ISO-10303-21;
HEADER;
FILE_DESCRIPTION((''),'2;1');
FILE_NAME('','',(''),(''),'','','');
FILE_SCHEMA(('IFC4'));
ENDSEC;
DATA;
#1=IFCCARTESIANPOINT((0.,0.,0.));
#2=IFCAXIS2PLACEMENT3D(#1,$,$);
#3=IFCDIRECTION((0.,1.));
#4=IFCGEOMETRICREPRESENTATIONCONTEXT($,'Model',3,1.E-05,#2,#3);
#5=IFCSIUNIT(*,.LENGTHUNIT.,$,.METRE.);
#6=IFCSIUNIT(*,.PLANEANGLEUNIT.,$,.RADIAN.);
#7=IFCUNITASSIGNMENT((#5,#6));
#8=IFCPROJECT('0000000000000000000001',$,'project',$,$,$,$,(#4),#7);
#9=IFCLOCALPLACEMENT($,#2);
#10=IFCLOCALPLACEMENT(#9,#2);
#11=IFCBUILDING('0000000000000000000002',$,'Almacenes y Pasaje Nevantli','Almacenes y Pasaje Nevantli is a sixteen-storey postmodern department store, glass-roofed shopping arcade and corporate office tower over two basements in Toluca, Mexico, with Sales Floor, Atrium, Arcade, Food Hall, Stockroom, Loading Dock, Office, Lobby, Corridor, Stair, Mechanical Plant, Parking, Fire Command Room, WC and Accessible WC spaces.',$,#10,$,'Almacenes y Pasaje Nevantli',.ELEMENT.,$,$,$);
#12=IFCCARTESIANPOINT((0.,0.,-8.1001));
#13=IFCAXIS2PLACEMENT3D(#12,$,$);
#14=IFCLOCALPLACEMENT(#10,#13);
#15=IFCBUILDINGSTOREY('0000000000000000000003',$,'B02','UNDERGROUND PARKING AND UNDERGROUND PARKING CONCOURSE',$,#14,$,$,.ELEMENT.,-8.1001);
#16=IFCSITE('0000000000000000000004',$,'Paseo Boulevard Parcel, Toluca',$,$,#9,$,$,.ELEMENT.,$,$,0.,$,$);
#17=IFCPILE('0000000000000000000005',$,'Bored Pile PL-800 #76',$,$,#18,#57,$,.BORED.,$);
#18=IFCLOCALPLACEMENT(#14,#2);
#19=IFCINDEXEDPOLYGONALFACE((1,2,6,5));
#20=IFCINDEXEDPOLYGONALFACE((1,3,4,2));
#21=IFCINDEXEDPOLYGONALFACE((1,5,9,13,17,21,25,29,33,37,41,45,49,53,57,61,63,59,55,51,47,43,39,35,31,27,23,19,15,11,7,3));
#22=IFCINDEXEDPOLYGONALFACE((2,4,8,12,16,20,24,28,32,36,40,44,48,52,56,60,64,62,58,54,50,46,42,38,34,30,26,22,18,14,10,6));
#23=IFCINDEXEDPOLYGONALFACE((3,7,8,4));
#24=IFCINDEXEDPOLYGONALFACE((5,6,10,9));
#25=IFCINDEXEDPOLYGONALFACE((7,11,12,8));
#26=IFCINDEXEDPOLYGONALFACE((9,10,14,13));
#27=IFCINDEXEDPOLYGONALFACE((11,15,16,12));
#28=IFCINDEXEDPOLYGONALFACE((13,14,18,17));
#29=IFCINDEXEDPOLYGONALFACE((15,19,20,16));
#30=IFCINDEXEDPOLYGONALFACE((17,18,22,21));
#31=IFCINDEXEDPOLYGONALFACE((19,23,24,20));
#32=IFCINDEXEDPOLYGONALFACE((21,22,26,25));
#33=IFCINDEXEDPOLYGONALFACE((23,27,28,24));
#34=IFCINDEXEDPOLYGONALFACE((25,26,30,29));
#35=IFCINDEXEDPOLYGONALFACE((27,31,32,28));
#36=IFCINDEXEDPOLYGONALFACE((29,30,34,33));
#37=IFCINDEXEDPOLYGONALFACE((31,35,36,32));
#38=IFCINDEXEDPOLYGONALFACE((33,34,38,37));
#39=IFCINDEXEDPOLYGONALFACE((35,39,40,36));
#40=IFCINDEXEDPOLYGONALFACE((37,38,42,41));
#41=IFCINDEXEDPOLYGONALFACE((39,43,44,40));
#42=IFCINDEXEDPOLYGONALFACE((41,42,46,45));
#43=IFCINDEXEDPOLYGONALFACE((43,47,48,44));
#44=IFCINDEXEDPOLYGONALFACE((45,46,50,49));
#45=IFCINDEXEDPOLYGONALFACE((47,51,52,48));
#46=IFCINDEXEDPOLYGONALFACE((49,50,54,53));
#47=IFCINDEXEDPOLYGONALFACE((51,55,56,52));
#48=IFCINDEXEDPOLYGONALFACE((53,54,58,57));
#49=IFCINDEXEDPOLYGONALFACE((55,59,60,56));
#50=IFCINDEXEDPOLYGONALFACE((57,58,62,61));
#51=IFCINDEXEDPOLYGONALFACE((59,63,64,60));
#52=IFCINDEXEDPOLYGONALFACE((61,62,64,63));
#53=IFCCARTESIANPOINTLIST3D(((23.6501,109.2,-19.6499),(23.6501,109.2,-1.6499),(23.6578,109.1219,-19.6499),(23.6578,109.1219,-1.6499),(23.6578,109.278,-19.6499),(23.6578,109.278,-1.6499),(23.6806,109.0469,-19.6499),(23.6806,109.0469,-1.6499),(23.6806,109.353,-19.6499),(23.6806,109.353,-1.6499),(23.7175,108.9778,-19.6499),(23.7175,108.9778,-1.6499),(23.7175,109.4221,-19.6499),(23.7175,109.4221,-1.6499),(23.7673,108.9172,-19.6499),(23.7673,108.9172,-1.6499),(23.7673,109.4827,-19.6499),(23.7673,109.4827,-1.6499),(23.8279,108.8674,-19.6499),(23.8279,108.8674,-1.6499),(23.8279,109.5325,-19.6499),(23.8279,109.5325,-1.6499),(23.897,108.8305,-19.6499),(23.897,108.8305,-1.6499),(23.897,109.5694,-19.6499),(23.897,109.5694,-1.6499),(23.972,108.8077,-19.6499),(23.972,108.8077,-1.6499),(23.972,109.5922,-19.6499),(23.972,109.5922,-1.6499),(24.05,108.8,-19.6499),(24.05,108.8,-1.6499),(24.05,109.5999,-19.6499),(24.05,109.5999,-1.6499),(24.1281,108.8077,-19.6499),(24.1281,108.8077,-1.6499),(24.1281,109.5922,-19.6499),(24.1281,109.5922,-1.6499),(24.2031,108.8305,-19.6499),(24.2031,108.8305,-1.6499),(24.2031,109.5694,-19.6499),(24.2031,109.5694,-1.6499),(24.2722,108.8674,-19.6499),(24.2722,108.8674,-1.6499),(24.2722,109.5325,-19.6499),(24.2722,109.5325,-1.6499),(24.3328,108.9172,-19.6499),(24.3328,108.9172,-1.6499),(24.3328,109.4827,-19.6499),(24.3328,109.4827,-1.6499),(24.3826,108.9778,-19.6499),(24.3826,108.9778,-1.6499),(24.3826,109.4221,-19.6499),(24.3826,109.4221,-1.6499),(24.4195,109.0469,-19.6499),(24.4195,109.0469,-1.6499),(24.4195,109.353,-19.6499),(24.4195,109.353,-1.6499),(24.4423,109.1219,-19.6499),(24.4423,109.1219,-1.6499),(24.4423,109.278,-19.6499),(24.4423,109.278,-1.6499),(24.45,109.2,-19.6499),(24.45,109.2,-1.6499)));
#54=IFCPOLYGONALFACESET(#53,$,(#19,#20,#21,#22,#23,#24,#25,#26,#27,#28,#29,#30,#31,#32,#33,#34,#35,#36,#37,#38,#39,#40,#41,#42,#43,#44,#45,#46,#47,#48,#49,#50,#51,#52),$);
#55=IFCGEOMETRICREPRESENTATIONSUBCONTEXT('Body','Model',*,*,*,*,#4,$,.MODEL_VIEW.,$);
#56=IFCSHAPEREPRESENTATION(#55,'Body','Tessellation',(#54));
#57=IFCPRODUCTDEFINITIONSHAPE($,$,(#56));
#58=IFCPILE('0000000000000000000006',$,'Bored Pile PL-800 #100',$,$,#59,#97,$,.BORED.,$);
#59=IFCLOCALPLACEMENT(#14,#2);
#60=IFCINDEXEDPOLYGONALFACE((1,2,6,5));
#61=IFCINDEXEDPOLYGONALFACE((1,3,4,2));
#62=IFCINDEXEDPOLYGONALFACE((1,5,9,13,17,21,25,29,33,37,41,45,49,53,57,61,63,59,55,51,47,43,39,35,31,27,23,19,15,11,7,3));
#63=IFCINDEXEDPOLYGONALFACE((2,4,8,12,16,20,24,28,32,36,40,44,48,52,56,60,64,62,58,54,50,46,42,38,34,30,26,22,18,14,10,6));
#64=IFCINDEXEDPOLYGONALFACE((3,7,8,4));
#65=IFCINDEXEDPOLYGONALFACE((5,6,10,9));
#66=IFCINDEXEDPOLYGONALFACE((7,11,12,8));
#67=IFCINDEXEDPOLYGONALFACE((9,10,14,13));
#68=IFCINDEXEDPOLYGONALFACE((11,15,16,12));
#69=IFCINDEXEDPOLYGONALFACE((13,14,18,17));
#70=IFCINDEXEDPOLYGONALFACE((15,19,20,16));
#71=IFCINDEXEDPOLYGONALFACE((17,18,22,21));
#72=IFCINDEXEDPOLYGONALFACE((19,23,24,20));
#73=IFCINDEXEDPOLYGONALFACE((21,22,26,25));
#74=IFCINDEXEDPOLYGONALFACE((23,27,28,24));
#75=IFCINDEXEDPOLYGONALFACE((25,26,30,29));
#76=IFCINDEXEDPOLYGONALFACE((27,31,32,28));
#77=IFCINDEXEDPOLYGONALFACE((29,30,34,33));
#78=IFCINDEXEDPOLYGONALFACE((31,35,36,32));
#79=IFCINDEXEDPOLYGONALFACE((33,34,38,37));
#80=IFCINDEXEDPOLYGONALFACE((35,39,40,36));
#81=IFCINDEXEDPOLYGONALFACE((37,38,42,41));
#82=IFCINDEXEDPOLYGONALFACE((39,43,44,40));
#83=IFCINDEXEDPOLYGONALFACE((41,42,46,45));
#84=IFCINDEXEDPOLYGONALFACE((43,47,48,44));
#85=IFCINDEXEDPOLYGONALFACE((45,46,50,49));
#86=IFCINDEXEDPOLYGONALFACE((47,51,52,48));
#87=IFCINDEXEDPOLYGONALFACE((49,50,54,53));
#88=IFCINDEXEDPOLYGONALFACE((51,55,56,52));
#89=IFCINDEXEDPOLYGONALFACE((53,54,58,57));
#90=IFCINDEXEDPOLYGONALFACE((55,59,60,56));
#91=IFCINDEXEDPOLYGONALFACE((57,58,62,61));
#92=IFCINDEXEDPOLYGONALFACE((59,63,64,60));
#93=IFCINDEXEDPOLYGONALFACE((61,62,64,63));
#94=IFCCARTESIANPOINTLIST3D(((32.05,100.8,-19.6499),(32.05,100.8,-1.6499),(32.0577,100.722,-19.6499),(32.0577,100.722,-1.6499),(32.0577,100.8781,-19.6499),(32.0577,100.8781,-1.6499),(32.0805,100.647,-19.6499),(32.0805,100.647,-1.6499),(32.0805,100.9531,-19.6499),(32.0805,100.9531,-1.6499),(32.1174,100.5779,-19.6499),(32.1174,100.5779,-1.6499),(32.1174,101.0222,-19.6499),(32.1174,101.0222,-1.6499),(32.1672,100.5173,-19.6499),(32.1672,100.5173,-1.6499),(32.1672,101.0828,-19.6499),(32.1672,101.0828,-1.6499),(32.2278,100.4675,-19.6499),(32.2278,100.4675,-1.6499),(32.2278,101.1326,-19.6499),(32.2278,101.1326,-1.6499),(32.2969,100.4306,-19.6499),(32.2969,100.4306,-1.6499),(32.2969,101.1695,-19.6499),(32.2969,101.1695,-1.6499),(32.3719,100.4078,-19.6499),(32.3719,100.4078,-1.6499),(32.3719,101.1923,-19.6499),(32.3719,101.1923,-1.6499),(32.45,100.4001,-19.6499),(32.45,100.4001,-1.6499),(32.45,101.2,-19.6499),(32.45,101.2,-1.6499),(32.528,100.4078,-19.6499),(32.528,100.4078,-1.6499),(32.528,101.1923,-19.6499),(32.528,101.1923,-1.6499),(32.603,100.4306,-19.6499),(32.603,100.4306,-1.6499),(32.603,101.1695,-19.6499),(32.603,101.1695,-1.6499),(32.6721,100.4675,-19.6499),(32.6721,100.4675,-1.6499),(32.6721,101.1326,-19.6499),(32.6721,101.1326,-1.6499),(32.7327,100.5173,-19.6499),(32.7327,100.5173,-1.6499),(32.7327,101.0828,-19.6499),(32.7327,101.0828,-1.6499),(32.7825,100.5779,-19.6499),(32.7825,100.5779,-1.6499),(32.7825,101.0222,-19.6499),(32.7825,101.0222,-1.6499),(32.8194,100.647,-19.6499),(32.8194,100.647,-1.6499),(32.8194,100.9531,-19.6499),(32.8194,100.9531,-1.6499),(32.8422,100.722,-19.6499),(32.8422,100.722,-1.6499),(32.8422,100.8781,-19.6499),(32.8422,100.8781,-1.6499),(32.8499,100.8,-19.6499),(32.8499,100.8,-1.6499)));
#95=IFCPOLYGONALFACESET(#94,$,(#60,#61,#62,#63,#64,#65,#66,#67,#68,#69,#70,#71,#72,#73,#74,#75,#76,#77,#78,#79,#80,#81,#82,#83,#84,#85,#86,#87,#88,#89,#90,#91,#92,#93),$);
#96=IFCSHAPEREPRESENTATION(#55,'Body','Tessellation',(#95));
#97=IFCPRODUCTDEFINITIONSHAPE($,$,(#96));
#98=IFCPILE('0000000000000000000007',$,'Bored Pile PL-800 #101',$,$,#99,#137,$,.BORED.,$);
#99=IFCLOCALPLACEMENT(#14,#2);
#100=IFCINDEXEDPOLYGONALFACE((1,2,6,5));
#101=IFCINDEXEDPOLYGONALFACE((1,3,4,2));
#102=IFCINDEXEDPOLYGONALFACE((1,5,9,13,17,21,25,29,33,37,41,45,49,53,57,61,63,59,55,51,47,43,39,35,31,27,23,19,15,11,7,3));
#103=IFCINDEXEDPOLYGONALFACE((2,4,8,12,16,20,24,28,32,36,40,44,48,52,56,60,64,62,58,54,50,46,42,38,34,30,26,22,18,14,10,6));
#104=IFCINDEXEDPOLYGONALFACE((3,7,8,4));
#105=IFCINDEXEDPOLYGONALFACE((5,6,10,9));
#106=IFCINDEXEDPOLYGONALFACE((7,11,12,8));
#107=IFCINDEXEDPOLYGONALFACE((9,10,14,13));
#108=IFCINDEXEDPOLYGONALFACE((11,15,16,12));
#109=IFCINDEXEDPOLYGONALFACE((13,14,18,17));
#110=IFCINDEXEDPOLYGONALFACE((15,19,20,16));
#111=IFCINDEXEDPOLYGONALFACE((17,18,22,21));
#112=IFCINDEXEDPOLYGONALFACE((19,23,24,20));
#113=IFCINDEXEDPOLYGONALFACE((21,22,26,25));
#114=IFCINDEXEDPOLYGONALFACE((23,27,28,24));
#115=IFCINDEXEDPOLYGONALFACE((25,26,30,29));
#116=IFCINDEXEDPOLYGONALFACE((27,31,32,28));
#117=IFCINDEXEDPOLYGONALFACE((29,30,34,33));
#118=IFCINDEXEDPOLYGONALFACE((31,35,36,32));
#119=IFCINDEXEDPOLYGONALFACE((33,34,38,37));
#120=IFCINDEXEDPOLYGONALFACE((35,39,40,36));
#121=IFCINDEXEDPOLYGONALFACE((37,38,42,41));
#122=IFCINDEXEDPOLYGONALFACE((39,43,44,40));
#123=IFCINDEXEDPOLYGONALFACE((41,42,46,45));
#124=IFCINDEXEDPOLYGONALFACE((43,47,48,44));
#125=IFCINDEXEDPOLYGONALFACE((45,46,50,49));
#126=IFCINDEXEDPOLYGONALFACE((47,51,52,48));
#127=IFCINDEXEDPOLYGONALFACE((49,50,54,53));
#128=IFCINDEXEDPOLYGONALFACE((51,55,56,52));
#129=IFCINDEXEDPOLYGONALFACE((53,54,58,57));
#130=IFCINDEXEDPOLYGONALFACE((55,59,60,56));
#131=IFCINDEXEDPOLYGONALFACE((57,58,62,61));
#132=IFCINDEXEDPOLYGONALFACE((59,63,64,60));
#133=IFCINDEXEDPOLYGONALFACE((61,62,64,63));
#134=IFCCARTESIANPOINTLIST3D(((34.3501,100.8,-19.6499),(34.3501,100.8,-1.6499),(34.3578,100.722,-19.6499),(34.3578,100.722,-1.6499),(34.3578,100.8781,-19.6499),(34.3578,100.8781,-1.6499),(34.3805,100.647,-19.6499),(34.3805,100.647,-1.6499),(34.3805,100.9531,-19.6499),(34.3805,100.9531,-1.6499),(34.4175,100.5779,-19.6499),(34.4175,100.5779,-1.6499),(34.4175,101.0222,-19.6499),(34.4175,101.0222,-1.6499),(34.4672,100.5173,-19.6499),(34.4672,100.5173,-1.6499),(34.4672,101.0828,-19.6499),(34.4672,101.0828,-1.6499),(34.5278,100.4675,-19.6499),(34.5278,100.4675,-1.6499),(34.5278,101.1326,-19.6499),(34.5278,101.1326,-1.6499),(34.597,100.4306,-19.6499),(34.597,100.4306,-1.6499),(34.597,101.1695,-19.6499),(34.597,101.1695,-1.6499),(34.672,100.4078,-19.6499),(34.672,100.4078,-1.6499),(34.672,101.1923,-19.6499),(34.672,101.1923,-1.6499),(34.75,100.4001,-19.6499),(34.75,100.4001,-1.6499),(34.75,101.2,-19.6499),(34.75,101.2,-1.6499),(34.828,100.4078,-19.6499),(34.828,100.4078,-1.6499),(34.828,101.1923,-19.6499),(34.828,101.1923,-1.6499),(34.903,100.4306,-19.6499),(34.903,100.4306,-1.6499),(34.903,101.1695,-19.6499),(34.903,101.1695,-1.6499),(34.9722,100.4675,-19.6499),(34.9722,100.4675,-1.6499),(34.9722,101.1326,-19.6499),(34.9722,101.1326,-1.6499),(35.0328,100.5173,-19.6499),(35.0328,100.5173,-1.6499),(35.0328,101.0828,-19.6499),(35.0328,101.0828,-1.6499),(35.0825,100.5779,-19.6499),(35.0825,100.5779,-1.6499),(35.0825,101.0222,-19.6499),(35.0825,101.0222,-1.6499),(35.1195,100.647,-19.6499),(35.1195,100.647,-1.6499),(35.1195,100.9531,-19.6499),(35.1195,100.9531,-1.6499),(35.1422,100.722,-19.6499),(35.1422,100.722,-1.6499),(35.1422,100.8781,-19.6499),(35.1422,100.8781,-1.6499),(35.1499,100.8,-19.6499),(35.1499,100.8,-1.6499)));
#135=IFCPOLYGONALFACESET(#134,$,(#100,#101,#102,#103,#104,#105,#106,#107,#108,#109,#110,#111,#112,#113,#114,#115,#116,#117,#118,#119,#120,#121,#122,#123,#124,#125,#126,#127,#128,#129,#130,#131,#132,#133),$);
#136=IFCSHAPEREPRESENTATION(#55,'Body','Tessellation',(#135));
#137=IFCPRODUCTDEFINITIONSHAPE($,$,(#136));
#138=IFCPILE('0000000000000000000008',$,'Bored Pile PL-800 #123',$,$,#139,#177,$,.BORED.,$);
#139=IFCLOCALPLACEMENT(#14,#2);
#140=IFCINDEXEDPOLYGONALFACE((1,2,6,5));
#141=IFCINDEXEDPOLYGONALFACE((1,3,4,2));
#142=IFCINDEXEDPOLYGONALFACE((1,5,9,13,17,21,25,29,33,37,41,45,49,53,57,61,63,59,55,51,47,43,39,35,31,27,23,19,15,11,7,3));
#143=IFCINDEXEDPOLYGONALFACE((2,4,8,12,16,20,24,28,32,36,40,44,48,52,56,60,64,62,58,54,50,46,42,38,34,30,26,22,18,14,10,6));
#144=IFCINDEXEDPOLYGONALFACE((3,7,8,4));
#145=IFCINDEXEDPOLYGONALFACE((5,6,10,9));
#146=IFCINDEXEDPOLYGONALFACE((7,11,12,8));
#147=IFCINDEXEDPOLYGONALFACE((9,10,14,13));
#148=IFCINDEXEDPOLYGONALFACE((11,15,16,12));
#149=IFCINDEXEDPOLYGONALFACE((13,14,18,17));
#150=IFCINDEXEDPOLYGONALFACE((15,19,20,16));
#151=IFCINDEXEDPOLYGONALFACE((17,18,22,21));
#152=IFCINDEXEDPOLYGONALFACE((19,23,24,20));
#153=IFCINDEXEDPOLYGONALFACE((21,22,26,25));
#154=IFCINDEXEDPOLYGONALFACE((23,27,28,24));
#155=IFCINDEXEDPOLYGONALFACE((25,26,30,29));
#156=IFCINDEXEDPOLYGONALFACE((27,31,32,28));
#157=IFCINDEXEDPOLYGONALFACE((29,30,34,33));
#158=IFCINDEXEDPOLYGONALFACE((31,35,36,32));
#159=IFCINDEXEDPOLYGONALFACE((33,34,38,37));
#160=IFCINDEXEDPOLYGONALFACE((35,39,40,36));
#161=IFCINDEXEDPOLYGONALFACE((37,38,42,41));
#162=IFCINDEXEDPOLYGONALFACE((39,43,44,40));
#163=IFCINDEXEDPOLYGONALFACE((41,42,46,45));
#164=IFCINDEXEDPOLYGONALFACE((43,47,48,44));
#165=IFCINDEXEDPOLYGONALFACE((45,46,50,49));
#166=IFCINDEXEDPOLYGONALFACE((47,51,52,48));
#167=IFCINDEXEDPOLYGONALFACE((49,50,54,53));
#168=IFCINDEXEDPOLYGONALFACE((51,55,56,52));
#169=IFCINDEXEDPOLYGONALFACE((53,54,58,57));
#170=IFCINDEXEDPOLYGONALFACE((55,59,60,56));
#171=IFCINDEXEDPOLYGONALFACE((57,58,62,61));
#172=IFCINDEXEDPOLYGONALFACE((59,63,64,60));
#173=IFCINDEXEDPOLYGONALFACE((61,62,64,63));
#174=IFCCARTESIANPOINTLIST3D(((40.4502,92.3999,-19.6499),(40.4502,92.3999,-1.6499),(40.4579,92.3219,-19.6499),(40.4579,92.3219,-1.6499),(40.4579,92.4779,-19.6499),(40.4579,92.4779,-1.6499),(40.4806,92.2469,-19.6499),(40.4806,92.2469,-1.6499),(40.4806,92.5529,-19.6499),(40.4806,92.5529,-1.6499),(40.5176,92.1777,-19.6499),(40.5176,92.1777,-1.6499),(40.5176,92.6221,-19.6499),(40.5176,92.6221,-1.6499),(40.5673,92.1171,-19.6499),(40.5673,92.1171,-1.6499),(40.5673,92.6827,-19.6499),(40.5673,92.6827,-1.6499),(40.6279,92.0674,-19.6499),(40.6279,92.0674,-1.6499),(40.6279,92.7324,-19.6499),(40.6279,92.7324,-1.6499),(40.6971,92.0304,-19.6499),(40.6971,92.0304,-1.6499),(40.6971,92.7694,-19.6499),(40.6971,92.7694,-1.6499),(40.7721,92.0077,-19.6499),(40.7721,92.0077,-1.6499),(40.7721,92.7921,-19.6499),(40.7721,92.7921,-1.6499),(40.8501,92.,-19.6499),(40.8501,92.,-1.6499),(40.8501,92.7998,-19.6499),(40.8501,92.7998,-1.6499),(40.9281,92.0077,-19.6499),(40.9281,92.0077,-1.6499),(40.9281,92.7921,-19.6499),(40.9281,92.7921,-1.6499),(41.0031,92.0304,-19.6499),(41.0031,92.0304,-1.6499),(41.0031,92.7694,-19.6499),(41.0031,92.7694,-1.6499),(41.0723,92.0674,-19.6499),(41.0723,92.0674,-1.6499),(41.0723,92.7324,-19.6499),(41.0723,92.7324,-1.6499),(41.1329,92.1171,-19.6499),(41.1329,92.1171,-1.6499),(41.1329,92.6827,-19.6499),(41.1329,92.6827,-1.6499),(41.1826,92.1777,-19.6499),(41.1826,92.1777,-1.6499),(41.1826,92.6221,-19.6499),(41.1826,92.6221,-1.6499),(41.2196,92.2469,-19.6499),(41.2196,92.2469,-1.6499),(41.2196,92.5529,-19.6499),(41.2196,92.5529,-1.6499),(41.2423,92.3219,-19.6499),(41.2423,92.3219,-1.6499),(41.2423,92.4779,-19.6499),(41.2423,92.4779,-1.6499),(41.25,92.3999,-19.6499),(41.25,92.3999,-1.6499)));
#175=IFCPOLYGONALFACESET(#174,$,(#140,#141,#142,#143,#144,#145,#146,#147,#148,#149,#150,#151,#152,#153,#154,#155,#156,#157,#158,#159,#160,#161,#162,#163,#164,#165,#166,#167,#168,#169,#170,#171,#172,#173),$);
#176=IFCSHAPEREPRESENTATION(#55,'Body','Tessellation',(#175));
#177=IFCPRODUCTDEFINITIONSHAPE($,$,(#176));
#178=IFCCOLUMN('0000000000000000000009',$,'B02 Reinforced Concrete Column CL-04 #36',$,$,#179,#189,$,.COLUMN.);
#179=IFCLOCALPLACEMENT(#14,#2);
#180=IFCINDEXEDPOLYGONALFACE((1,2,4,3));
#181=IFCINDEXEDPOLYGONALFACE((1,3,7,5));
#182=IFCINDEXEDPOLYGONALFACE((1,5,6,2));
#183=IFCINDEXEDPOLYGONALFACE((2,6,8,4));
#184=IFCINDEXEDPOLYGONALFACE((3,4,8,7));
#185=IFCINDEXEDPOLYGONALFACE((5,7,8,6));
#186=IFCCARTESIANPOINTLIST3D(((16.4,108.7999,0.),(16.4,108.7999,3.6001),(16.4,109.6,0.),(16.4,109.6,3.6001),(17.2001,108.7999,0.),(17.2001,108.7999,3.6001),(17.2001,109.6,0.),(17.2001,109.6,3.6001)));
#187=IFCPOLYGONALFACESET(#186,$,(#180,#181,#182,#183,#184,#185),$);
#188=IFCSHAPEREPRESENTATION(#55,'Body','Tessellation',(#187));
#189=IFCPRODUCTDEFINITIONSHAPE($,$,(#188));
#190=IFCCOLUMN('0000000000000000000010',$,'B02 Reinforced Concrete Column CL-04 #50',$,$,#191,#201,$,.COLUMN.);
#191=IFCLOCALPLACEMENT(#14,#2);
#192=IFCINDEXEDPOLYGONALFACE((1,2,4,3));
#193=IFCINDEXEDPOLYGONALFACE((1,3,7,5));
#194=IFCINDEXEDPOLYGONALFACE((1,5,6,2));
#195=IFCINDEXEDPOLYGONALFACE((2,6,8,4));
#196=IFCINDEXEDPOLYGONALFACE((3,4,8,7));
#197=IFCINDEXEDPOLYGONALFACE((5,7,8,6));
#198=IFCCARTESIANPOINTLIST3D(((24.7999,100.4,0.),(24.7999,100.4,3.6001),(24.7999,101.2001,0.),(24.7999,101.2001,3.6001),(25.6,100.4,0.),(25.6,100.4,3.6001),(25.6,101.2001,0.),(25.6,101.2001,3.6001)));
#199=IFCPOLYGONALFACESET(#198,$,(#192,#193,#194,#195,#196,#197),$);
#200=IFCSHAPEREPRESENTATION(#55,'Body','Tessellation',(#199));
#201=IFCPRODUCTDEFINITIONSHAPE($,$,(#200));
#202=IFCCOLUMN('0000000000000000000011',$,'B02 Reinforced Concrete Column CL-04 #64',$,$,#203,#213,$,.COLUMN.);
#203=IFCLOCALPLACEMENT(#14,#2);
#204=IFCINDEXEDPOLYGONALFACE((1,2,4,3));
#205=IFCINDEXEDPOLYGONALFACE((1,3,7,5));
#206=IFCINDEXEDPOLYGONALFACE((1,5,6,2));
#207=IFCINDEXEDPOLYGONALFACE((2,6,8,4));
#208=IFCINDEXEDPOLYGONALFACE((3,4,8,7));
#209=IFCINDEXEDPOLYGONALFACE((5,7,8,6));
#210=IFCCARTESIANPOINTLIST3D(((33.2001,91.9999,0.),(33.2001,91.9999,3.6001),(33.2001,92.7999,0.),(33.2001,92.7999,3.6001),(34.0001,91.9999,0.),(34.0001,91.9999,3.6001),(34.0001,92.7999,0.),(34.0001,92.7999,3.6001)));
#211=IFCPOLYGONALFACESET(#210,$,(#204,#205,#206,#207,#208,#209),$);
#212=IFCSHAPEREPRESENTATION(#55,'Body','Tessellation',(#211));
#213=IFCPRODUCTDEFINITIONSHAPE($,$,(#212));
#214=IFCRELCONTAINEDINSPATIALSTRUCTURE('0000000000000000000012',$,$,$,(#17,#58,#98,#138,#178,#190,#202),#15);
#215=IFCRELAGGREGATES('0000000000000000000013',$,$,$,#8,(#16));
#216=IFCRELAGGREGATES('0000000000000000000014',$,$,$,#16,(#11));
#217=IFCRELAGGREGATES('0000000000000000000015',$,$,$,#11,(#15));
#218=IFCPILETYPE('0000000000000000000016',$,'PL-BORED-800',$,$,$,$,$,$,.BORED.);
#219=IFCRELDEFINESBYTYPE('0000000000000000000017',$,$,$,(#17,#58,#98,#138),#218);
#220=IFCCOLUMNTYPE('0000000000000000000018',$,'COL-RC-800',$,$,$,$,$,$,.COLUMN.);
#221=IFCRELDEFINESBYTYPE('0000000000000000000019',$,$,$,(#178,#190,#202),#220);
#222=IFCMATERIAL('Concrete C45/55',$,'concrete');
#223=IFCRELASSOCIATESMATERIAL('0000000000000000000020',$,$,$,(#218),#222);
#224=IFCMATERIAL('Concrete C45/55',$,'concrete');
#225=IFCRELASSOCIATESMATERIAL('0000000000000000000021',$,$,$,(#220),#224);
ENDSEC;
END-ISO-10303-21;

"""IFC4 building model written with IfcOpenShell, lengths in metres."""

from ifc_helpers import new_model, si_unit, direction, frame, origin, origin_2d, place, context, subcontext, project, spatial, rectangle, circle, extrude, material, material_profile, profile_set, type_object, element, save


model = new_model("IFC4")

# Units and contexts
model_context = context("Model", 3, precision=1e-05, world=origin(), true_north=direction((0.0, 1.0)))
body_context = subcontext(model_context, "Body", "Model", "MODEL_VIEW")
ifc_project = project(units=[si_unit("LENGTHUNIT", "METRE"), si_unit("PLANEANGLEUNIT", "RADIAN")], contexts=[model_context])

# Site, building, storey
site_placement = place(None, origin())
site = spatial("IfcSite", under=ifc_project, at=site_placement, Name="Paseo Boulevard Parcel, Toluca", CompositionType="ELEMENT", RefElevation=0.0)
building_placement = place(site_placement, origin())
building = spatial("IfcBuilding", under=site, at=building_placement, Name="Almacenes y Pasaje Nevantli", Description="Almacenes y Pasaje Nevantli is a sixteen-storey postmodern department store, glass-roofed shopping arcade and corporate office tower over two basements in Toluca, Mexico, with Sales Floor, Atrium, Arcade, Food Hall, Stockroom, Loading Dock, Office, Lobby, Corridor, Stair, Mechanical Plant, Parking, Fire Command Room, WC and Accessible WC spaces.", LongName="Almacenes y Pasaje Nevantli", CompositionType="ELEMENT")
storey_placement = place(building_placement, frame((0.0, 0.0, -8.1001)))
storey = spatial("IfcBuildingStorey", under=building, at=storey_placement, Name="B02", Description="UNDERGROUND PARKING AND UNDERGROUND PARKING CONCOURSE", CompositionType="ELEMENT", Elevation=-8.1001)

# Piles
ifc_material_1 = material(Name="Concrete C45/55", Category="concrete")
ifc_material_profile_1 = material_profile(ifc_material_1, circle(Radius=0.3999, at=origin_2d()), Name="RC-PILE-D800")
ifc_profile_set_1 = profile_set([ifc_material_profile_1], Name="Concrete C45/55")
pile_type_1 = type_object("IfcPileType", Name="PL-BORED-800", PredefinedType="BORED", material=ifc_profile_set_1)
for number, where, z_axis, x_axis, name in (
    (1, (24.05, 109.2, -1.6499), (0.0, 0.0, -1.0), (1.0, 0.0, 0.0), "Bored Pile PL-800 #76"),
    (2, (32.45, 100.8, -1.6499), (0.0, 0.0, -1.0), (1.0, 0.0, 0.0), "Bored Pile PL-800 #100"),
    (3, (34.75, 100.8, -1.6499), (0.0, 0.0, -1.0), (1.0, 0.0, 0.0), "Bored Pile PL-800 #101"),
    (4, (40.8501, 92.3999, -1.6499), (0.0, 0.0, -1.0), (1.0, 0.0, 0.0), "Bored Pile PL-800 #123"),
):
    element("IfcPile", number, at=place(storey_placement, frame(where, z_axis=z_axis, x_axis=x_axis)), inside=storey, type_object=pile_type_1, Name=name, PredefinedType="BORED", context=body_context, shape_type="SweptSolid", body=[
        extrude(circle(Radius=0.3999, at=origin_2d()), origin(), (0.0, 0.0, 1.0), 18.0),
    ])

# Columns
ifc_material_2 = material(Name="Concrete C45/55", Category="concrete")
ifc_material_profile_2 = material_profile(ifc_material_2, rectangle(XDim=0.8, YDim=0.8, at=origin_2d()), Name="RC-COL-800x800")
ifc_profile_set_2 = profile_set([ifc_material_profile_2], Name="Concrete C45/55")
column_type_1 = type_object("IfcColumnType", Name="COL-RC-800", PredefinedType="COLUMN", material=ifc_profile_set_2)
for number, where, z_axis, x_axis, name in (
    (5, (16.8, 109.2, 0.0), (0.0, 0.0, 1.0), (1.0, 0.0, 0.0), "B02 Reinforced Concrete Column CL-04 #36"),
    (6, (25.2, 100.8, 0.0), (0.0, 0.0, 1.0), (1.0, 0.0, 0.0), "B02 Reinforced Concrete Column CL-04 #50"),
    (7, (33.6001, 92.3999, 0.0), (0.0, 0.0, 1.0), (1.0, 0.0, 0.0), "B02 Reinforced Concrete Column CL-04 #64"),
):
    element("IfcColumn", number, at=place(storey_placement, frame(where, z_axis=z_axis, x_axis=x_axis)), inside=storey, type_object=column_type_1, Name=name, PredefinedType="COLUMN", context=body_context, shape_type="SweptSolid", body=[
        extrude(rectangle(XDim=0.8, YDim=0.8, at=origin_2d()), origin(), (0.0, 0.0, 1.0), 3.6001),
    ])

save(model, "model.ifc")
